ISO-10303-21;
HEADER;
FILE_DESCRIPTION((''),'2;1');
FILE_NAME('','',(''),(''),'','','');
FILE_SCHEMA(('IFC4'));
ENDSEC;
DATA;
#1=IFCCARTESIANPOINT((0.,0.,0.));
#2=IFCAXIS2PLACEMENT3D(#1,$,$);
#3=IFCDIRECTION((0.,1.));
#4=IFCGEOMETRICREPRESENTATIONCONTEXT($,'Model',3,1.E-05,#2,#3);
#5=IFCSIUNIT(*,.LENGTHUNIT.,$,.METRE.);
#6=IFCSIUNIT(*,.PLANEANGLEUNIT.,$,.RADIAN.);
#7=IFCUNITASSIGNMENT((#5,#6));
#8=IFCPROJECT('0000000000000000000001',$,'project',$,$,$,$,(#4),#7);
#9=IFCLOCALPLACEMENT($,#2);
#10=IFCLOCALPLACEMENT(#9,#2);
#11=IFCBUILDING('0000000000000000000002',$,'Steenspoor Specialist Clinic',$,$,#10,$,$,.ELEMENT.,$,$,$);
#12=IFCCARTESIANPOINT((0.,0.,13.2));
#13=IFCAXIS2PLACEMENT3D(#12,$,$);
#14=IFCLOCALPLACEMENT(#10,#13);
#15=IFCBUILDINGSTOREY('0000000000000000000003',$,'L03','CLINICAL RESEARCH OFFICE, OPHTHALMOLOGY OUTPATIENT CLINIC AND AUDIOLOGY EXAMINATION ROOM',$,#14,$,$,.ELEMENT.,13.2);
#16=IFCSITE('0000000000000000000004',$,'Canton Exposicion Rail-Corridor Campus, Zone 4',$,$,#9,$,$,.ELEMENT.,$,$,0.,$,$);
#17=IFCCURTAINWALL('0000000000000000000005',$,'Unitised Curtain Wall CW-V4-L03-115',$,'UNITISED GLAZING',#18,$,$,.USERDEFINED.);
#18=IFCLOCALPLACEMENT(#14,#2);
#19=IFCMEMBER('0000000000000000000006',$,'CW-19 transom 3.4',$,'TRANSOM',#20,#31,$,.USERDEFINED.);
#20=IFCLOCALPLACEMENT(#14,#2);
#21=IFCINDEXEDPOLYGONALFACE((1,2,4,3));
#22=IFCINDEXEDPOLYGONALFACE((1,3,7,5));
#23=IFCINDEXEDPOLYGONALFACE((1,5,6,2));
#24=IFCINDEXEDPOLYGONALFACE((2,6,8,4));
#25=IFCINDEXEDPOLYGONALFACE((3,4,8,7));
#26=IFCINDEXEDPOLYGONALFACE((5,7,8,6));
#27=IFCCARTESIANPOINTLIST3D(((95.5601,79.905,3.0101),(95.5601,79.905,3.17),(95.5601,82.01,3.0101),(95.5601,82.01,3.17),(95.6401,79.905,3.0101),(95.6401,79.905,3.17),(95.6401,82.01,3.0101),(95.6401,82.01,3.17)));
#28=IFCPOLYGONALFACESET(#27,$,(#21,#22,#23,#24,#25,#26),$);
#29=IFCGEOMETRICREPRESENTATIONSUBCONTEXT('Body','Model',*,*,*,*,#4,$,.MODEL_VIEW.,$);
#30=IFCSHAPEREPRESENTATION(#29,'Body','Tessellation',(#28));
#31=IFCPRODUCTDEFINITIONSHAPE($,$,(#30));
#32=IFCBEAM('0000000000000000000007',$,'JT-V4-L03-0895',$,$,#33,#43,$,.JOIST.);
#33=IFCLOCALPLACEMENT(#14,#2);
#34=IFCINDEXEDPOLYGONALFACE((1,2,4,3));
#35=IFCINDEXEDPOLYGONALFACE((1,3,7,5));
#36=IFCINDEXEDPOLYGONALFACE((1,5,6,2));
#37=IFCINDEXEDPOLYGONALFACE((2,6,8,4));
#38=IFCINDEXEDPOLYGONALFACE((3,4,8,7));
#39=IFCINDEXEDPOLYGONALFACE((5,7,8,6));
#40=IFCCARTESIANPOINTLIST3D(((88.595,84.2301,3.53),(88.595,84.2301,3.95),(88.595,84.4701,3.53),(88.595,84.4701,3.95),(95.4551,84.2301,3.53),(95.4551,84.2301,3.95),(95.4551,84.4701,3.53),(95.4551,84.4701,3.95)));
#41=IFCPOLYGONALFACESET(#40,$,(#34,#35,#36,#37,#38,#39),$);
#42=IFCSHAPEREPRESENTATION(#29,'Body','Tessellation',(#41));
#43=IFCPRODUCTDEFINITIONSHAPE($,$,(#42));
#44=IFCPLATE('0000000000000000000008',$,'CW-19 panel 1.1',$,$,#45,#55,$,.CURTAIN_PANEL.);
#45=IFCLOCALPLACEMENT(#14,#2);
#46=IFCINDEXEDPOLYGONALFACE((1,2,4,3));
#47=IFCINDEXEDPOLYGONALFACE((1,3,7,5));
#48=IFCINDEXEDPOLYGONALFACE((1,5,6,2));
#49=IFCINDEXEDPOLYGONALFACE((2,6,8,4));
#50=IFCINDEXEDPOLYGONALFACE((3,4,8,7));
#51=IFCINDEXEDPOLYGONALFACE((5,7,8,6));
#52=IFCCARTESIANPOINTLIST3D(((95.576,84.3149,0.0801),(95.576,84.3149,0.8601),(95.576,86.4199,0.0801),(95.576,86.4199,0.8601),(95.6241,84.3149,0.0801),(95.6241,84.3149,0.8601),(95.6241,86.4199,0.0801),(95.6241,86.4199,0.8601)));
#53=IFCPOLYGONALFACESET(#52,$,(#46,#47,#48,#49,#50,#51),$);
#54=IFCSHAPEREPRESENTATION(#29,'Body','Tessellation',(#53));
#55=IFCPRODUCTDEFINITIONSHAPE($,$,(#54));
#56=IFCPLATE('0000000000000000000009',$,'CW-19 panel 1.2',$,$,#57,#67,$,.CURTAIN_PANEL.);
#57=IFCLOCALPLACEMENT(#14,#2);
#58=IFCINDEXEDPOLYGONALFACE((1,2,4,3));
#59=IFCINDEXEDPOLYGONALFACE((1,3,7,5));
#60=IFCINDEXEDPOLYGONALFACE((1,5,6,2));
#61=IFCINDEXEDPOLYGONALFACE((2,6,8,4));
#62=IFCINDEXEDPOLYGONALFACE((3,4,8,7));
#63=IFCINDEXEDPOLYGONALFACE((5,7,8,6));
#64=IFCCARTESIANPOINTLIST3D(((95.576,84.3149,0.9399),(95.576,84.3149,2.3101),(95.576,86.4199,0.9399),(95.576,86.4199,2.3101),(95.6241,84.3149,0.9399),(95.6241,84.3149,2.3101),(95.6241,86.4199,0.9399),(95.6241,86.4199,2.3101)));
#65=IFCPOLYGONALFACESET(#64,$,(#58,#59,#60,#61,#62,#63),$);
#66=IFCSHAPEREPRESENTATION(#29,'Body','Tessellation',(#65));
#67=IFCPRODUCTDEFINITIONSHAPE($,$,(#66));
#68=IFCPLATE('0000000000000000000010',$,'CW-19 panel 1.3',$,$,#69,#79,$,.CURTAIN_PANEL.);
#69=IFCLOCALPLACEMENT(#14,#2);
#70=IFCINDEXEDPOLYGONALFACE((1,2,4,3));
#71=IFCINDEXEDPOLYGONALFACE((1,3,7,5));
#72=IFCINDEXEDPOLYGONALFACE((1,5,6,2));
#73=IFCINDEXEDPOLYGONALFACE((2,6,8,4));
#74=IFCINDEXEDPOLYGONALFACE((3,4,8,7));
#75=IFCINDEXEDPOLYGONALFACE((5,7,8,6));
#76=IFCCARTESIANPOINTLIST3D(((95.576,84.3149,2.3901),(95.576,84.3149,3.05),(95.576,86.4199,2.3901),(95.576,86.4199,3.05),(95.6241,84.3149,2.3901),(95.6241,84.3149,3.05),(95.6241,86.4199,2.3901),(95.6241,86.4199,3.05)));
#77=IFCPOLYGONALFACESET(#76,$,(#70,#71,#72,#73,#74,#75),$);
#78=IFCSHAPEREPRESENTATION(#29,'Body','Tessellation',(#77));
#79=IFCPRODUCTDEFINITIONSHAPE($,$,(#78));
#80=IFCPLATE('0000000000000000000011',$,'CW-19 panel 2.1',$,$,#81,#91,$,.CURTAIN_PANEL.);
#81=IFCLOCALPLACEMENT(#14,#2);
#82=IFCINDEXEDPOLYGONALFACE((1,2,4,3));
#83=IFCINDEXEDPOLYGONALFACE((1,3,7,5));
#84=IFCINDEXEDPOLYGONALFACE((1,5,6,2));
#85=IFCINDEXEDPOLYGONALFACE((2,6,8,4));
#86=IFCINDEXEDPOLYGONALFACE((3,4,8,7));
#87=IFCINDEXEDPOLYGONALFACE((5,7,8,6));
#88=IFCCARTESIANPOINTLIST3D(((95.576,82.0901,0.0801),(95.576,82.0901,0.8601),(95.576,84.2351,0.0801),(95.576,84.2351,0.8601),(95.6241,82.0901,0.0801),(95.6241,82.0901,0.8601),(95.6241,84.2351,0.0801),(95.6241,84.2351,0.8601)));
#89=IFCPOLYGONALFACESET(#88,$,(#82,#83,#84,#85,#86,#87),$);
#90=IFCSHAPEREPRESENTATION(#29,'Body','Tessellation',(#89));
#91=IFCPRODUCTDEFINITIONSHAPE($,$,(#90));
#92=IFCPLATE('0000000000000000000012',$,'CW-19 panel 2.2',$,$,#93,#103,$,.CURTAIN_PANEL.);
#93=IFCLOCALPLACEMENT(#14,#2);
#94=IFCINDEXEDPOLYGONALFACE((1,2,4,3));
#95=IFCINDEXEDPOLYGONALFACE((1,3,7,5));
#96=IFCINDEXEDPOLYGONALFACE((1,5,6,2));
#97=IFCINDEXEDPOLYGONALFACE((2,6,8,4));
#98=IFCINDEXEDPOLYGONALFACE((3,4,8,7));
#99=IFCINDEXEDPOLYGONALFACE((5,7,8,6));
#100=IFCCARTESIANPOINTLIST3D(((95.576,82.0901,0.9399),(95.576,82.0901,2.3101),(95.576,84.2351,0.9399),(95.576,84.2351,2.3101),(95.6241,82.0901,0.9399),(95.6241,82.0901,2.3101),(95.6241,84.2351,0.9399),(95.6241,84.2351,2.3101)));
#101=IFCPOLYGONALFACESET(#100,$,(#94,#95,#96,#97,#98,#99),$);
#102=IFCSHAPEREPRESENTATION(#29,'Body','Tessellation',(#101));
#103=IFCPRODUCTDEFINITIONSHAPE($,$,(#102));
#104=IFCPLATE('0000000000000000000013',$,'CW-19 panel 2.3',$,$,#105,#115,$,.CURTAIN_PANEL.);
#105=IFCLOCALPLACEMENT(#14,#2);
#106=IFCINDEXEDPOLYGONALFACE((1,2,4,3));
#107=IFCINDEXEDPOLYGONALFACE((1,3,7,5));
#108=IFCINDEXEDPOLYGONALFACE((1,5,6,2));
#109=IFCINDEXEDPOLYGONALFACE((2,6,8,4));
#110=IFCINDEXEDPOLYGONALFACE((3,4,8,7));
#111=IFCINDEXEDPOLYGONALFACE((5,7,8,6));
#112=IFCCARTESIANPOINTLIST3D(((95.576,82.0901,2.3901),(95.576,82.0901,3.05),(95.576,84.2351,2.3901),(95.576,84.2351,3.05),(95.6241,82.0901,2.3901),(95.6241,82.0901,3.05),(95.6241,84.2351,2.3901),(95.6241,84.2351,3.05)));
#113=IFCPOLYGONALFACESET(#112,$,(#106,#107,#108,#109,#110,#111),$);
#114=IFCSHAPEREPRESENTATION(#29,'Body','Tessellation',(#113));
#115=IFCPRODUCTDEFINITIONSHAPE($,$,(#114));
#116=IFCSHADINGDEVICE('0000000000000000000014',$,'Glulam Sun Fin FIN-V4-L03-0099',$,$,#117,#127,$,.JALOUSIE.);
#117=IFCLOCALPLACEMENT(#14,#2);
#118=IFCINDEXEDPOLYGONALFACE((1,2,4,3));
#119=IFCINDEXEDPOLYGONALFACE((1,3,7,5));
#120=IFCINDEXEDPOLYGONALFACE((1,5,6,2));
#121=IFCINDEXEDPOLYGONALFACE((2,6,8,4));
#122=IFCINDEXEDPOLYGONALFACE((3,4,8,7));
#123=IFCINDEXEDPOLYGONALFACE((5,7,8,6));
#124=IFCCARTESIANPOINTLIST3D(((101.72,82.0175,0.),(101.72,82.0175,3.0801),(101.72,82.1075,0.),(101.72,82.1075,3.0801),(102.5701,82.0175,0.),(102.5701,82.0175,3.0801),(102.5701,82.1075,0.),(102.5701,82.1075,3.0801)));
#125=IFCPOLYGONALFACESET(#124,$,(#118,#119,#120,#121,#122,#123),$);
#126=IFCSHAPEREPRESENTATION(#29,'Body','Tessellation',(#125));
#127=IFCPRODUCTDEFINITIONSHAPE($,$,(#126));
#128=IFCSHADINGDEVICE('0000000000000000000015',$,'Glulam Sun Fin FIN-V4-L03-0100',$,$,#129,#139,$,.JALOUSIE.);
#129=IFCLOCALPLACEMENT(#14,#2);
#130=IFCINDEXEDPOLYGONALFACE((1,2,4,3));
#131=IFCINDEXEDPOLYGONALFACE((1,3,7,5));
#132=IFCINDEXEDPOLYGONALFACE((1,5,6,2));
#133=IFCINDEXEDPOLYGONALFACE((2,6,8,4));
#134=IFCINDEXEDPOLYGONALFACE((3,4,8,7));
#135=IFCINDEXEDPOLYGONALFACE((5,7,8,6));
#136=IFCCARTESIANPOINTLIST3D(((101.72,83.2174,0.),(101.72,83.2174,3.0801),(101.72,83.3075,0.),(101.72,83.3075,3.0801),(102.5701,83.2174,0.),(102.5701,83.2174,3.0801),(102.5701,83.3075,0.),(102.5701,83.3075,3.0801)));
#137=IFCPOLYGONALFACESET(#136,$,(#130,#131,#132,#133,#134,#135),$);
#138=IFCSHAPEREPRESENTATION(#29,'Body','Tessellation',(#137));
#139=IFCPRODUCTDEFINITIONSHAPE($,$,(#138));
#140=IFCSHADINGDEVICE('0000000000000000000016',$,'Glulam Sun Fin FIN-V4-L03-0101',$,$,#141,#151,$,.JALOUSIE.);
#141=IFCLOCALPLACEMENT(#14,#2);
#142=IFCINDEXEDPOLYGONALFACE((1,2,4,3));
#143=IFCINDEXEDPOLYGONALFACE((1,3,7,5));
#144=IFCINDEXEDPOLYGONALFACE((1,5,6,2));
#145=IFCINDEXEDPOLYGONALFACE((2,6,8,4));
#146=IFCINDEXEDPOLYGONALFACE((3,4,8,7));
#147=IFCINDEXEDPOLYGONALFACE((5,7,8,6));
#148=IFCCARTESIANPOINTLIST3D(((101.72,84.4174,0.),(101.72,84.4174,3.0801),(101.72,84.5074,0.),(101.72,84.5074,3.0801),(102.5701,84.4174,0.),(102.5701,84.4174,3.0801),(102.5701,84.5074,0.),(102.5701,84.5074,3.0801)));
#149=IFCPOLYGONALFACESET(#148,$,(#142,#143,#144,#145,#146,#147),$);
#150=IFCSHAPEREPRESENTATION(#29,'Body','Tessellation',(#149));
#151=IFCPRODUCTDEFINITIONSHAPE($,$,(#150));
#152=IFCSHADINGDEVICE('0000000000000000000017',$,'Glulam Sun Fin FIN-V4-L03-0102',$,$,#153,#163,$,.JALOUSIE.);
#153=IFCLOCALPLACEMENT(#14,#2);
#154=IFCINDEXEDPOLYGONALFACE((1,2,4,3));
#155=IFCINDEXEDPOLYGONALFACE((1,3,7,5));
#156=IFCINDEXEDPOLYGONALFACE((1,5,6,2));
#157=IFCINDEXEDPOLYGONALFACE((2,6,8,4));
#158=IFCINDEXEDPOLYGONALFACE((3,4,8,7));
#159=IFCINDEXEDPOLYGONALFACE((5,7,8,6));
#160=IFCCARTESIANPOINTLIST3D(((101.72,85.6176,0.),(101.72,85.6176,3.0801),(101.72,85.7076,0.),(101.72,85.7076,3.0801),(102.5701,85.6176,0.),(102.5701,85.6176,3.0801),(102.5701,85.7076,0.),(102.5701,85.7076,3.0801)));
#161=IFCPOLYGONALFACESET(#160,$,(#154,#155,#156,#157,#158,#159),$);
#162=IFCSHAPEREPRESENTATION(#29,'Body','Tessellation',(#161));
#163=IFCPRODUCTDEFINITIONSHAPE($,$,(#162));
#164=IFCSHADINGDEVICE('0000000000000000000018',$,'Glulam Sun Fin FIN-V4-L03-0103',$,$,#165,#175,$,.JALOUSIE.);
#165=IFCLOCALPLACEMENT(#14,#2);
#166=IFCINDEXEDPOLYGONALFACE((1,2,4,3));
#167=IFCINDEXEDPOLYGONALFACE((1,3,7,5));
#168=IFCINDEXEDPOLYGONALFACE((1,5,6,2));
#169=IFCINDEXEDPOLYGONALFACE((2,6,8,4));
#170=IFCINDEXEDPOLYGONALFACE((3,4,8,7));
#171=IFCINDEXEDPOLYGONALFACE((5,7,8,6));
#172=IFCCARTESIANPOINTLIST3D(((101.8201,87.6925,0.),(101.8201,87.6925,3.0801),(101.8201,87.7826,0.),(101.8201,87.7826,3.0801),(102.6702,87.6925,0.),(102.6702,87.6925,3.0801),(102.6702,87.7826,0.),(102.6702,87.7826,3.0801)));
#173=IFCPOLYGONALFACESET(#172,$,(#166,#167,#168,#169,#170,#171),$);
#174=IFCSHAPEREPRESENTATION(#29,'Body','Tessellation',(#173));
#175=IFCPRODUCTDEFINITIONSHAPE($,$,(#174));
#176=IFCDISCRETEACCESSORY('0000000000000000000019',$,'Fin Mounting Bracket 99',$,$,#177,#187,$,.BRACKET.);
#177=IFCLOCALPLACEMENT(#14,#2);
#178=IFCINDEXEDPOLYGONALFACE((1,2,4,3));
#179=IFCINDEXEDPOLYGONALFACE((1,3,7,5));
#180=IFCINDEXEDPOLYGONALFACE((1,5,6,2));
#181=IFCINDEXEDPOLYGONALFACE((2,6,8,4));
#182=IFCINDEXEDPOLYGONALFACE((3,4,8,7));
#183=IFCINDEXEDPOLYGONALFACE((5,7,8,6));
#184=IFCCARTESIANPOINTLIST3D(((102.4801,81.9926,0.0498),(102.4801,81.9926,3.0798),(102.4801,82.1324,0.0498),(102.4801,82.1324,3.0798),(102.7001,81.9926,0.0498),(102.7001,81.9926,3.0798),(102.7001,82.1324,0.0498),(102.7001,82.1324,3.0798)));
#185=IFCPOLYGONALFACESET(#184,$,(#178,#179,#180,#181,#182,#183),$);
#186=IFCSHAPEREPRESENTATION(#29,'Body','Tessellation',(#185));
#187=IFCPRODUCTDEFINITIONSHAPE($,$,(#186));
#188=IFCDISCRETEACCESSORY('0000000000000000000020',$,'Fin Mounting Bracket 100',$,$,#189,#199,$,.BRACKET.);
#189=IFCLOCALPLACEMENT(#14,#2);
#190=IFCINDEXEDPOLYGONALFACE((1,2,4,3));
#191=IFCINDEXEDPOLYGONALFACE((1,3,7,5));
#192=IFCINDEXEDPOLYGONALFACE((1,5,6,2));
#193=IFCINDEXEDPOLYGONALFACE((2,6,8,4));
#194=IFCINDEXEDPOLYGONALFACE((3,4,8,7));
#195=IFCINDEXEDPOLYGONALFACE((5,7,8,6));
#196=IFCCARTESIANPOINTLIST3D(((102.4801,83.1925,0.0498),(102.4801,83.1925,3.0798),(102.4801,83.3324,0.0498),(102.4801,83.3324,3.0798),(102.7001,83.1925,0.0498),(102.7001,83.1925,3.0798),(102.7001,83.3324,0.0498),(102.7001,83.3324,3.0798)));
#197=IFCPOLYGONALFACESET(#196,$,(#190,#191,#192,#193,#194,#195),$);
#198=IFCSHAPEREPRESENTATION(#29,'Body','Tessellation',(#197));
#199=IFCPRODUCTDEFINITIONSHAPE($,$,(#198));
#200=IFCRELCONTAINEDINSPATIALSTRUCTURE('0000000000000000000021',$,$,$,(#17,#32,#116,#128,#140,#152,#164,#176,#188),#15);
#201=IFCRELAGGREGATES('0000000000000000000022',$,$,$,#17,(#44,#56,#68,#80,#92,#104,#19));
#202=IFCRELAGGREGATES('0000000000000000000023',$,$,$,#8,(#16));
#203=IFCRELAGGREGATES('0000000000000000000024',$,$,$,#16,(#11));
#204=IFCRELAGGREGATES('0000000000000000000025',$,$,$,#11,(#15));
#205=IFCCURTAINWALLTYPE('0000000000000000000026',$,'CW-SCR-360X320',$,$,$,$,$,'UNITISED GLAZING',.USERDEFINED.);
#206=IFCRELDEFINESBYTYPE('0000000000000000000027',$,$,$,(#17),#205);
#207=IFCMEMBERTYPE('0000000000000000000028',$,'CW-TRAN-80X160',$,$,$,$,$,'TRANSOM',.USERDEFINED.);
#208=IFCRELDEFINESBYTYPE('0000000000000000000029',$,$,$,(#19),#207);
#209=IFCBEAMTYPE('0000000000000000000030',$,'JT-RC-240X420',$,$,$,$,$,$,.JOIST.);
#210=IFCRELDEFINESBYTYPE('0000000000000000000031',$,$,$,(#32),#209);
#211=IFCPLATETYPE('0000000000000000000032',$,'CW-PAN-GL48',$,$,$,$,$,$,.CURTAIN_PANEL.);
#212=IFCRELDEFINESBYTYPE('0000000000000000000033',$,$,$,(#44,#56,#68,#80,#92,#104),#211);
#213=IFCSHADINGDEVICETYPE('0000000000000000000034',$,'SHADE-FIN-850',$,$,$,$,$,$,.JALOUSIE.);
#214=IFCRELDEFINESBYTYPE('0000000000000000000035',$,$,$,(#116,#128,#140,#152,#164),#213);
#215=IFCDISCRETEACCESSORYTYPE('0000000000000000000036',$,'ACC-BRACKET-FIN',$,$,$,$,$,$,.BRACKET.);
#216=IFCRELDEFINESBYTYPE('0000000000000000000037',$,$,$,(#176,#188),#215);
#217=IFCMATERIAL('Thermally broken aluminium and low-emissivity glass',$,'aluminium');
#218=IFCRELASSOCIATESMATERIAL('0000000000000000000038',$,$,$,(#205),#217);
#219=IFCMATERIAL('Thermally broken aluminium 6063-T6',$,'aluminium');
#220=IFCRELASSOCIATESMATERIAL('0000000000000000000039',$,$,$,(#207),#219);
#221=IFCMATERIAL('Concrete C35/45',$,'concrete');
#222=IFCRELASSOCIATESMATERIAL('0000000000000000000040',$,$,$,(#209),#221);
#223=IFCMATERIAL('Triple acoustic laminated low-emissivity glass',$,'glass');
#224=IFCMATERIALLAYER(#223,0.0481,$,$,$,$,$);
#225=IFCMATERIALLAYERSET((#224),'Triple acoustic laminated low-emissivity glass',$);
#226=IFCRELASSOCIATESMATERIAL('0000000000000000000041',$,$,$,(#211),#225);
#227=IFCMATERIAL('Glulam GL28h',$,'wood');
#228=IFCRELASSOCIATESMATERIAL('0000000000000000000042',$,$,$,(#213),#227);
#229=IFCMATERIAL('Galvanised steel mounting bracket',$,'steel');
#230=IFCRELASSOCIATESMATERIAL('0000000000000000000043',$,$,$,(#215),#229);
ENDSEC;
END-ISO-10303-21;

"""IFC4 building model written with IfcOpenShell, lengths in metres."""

from ifc_helpers import new_model, si_unit, direction, frame, origin, origin_2d, place, context, subcontext, project, spatial, rectangle, extrude, material, layer, layer_set, material_profile, profile_set, type_object, element, aggregate, save


model = new_model("IFC4")

# Units and contexts
model_context = context("Model", 3, precision=1e-05, world=origin(), true_north=direction((0.0, 1.0)))
body_context = subcontext(model_context, "Body", "Model", "MODEL_VIEW")
ifc_project = project(units=[si_unit("LENGTHUNIT", "METRE"), si_unit("PLANEANGLEUNIT", "RADIAN")], contexts=[model_context])

# Site, building, storey
site_placement = place(None, origin())
site = spatial("IfcSite", under=ifc_project, at=site_placement, Name="Canton Exposicion Rail-Corridor Campus, Zone 4", CompositionType="ELEMENT", RefElevation=0.0)
building_placement = place(site_placement, origin())
building = spatial("IfcBuilding", under=site, at=building_placement, Name="Steenspoor Specialist Clinic", CompositionType="ELEMENT")
storey_placement = place(building_placement, frame((0.0, 0.0, 13.2)))
storey = spatial("IfcBuildingStorey", under=building, at=storey_placement, Name="L03", Description="CLINICAL RESEARCH OFFICE, OPHTHALMOLOGY OUTPATIENT CLINIC AND AUDIOLOGY EXAMINATION ROOM", CompositionType="ELEMENT", Elevation=13.2)

# Shared definitions
ifc_material_1 = material(Name="Concrete C35/45", Category="concrete")

# Curtain wall, member
ifc_material_2 = material(Name="Thermally broken aluminium and low-emissivity glass", Category="aluminium")
curtain_wall_type = type_object("IfcCurtainWallType", Name="CW-SCR-360X320", ElementType="UNITISED GLAZING", PredefinedType="USERDEFINED", material=ifc_material_2)
curtain_wall_placement = place(storey_placement, origin())
curtain_wall = element("IfcCurtainWall", 1, at=curtain_wall_placement, inside=storey, type_object=curtain_wall_type, Name="Unitised Curtain Wall CW-V4-L03-115", ObjectType="UNITISED GLAZING", PredefinedType="USERDEFINED")
ifc_material_3 = material(Name="Thermally broken aluminium 6063-T6", Category="aluminium")
ifc_material_profile_1 = material_profile(ifc_material_3, rectangle(XDim=0.0801, YDim=0.1599, at=origin_2d()), Name="CWT-80X160")
ifc_profile_set_1 = profile_set([ifc_material_profile_1], Name="Thermally broken aluminium 6063-T6")
member_type_1 = type_object("IfcMemberType", Name="CW-TRAN-80X160", ElementType="TRANSOM", PredefinedType="USERDEFINED", material=ifc_profile_set_1)
member_1_placement = place(storey_placement, frame((95.6001, 82.01, 3.0901), z_axis=(0.0, -1.0, 0.0), x_axis=(1.0, 0.0, 0.0)))
member_1 = element("IfcMember", 2, at=member_1_placement, type_object=member_type_1, Name="CW-19 transom 3.4", ObjectType="TRANSOM", PredefinedType="USERDEFINED", context=body_context, shape_type="SweptSolid", body=[
    extrude(rectangle(XDim=0.0801, YDim=0.1599, at=origin_2d()), origin(), (0.0, 0.0, 1.0), 2.105),
])

# Beam
ifc_material_profile_2 = material_profile(ifc_material_1, rectangle(XDim=0.24, YDim=0.4199, at=origin_2d()), Name="RC-JT-240X420")
ifc_profile_set_2 = profile_set([ifc_material_profile_2], Name="Concrete C35/45")
beam_type_1 = type_object("IfcBeamType", Name="JT-RC-240X420", PredefinedType="JOIST", material=ifc_profile_set_2)
beam_1_placement = place(storey_placement, frame((88.595, 84.3501, 3.74), z_axis=(1.0, 0.0, 0.0), x_axis=(0.0, 1.0, 0.0)))
element("IfcBeam", 3, at=beam_1_placement, inside=storey, type_object=beam_type_1, Name="JT-V4-L03-0895", PredefinedType="JOIST", context=body_context, shape_type="SweptSolid", body=[
    extrude(rectangle(XDim=0.24, YDim=0.4199, at=origin_2d()), origin(), (0.0, 0.0, 1.0), 6.8601),
])

# Plates
ifc_material_4 = material(Name="Triple acoustic laminated low-emissivity glass", Category="glass")
ifc_layer = layer(ifc_material_4, 0.0481)
ifc_layer_set = layer_set([ifc_layer], Name="Triple acoustic laminated low-emissivity glass")
plate_type = type_object("IfcPlateType", Name="CW-PAN-GL48", PredefinedType="CURTAIN_PANEL", material=ifc_layer_set)
plate_1_placement = place(storey_placement, frame((95.6001, 85.3674, 0.0801), z_axis=(0.0, 0.0, 1.0), x_axis=(0.0, -1.0, 0.0)))
plate_1 = element("IfcPlate", 4, at=plate_1_placement, type_object=plate_type, Name="CW-19 panel 1.1", PredefinedType="CURTAIN_PANEL", context=body_context, shape_type="SweptSolid", body=[
    extrude(rectangle(XDim=2.105, YDim=0.0481, at=origin_2d()), origin(), (0.0, 0.0, 1.0), 0.78),
])
plate_2_placement = place(storey_placement, frame((95.6001, 85.3674, 0.9399), z_axis=(0.0, 0.0, 1.0), x_axis=(0.0, -1.0, 0.0)))
plate_2 = element("IfcPlate", 5, at=plate_2_placement, type_object=plate_type, Name="CW-19 panel 1.2", PredefinedType="CURTAIN_PANEL", context=body_context, shape_type="SweptSolid", body=[
    extrude(rectangle(XDim=2.105, YDim=0.0481, at=origin_2d()), origin(), (0.0, 0.0, 1.0), 1.3701),
])
plate_3_placement = place(storey_placement, frame((95.6001, 85.3674, 2.3901), z_axis=(0.0, 0.0, 1.0), x_axis=(0.0, -1.0, 0.0)))
plate_3 = element("IfcPlate", 6, at=plate_3_placement, type_object=plate_type, Name="CW-19 panel 1.3", PredefinedType="CURTAIN_PANEL", context=body_context, shape_type="SweptSolid", body=[
    extrude(rectangle(XDim=2.105, YDim=0.0481, at=origin_2d()), origin(), (0.0, 0.0, 1.0), 0.6599),
])
plate_4_placement = place(storey_placement, frame((95.6001, 83.1626, 0.0801), z_axis=(0.0, 0.0, 1.0), x_axis=(0.0, -1.0, 0.0)))
plate_4 = element("IfcPlate", 7, at=plate_4_placement, type_object=plate_type, Name="CW-19 panel 2.1", PredefinedType="CURTAIN_PANEL", context=body_context, shape_type="SweptSolid", body=[
    extrude(rectangle(XDim=2.145, YDim=0.0481, at=origin_2d()), origin(), (0.0, 0.0, 1.0), 0.78),
])
plate_5_placement = place(storey_placement, frame((95.6001, 83.1626, 0.9399), z_axis=(0.0, 0.0, 1.0), x_axis=(0.0, -1.0, 0.0)))
plate_5 = element("IfcPlate", 8, at=plate_5_placement, type_object=plate_type, Name="CW-19 panel 2.2", PredefinedType="CURTAIN_PANEL", context=body_context, shape_type="SweptSolid", body=[
    extrude(rectangle(XDim=2.145, YDim=0.0481, at=origin_2d()), origin(), (0.0, 0.0, 1.0), 1.3701),
])
plate_6_placement = place(storey_placement, frame((95.6001, 83.1626, 2.3901), z_axis=(0.0, 0.0, 1.0), x_axis=(0.0, -1.0, 0.0)))
plate_6 = element("IfcPlate", 9, at=plate_6_placement, type_object=plate_type, Name="CW-19 panel 2.3", PredefinedType="CURTAIN_PANEL", context=body_context, shape_type="SweptSolid", body=[
    extrude(rectangle(XDim=2.145, YDim=0.0481, at=origin_2d()), origin(), (0.0, 0.0, 1.0), 0.6599),
])
aggregate(curtain_wall, [plate_1, plate_2, plate_3, plate_4, plate_5, plate_6, member_1])

# Shading devices
ifc_material_5 = material(Name="Glulam GL28h", Category="wood")
ifc_material_profile_3 = material_profile(ifc_material_5, rectangle(XDim=0.0901, YDim=0.8501, at=origin_2d()), Name="GL28H-90X850")
ifc_profile_set_3 = profile_set([ifc_material_profile_3], Name="Glulam GL28h")
shading_device_type = type_object("IfcShadingDeviceType", Name="SHADE-FIN-850", PredefinedType="JALOUSIE", material=ifc_profile_set_3)
for number, where, z_axis, x_axis, name in (
    (10, (102.145, 82.0625, 0.0), (0.0, 0.0, 1.0), (0.0, 1.0, 0.0), "Glulam Sun Fin FIN-V4-L03-0099"),
    (11, (102.145, 83.2625, 0.0), (0.0, 0.0, 1.0), (0.0, 1.0, 0.0), "Glulam Sun Fin FIN-V4-L03-0100"),
    (12, (102.145, 84.4624, 0.0), (0.0, 0.0, 1.0), (0.0, 1.0, 0.0), "Glulam Sun Fin FIN-V4-L03-0101"),
    (13, (102.145, 85.6626, 0.0), (0.0, 0.0, 1.0), (0.0, 1.0, 0.0), "Glulam Sun Fin FIN-V4-L03-0102"),
    (14, (102.2451, 87.7375, 0.0), (0.0, 0.0, 1.0), (0.0, 1.0, 0.0), "Glulam Sun Fin FIN-V4-L03-0103"),
):
    element("IfcShadingDevice", number, at=place(storey_placement, frame(where, z_axis=z_axis, x_axis=x_axis)), inside=storey, type_object=shading_device_type, Name=name, PredefinedType="JALOUSIE", context=body_context, shape_type="SweptSolid", body=[
        extrude(rectangle(XDim=0.0901, YDim=0.8501, at=origin_2d()), origin(), (0.0, 0.0, 1.0), 3.0801),
    ])

# Discrete accessories
ifc_material_6 = material(Name="Galvanised steel mounting bracket", Category="steel")
discrete_accessory_type = type_object("IfcDiscreteAccessoryType", Name="ACC-BRACKET-FIN", PredefinedType="BRACKET", material=ifc_material_6)
for number, where, z_axis, x_axis, name in (
    (15, (102.5901, 82.0625, 0.0498), (0.0, 0.0, 1.0), (-1.0, 0.0, 0.0), "Fin Mounting Bracket 99"),
    (16, (102.5901, 83.2625, 0.0498), (0.0, 0.0, 1.0), (-1.0, 0.0, 0.0), "Fin Mounting Bracket 100"),
):
    element("IfcDiscreteAccessory", number, at=place(storey_placement, frame(where, z_axis=z_axis, x_axis=x_axis)), inside=storey, type_object=discrete_accessory_type, Name=name, PredefinedType="BRACKET", context=body_context, shape_type="SweptSolid", body=[
        extrude(rectangle(XDim=0.22, YDim=0.1399, at=origin_2d()), origin(), (0.0, 0.0, 1.0), 3.03),
    ])

save(model, "model.ifc")
